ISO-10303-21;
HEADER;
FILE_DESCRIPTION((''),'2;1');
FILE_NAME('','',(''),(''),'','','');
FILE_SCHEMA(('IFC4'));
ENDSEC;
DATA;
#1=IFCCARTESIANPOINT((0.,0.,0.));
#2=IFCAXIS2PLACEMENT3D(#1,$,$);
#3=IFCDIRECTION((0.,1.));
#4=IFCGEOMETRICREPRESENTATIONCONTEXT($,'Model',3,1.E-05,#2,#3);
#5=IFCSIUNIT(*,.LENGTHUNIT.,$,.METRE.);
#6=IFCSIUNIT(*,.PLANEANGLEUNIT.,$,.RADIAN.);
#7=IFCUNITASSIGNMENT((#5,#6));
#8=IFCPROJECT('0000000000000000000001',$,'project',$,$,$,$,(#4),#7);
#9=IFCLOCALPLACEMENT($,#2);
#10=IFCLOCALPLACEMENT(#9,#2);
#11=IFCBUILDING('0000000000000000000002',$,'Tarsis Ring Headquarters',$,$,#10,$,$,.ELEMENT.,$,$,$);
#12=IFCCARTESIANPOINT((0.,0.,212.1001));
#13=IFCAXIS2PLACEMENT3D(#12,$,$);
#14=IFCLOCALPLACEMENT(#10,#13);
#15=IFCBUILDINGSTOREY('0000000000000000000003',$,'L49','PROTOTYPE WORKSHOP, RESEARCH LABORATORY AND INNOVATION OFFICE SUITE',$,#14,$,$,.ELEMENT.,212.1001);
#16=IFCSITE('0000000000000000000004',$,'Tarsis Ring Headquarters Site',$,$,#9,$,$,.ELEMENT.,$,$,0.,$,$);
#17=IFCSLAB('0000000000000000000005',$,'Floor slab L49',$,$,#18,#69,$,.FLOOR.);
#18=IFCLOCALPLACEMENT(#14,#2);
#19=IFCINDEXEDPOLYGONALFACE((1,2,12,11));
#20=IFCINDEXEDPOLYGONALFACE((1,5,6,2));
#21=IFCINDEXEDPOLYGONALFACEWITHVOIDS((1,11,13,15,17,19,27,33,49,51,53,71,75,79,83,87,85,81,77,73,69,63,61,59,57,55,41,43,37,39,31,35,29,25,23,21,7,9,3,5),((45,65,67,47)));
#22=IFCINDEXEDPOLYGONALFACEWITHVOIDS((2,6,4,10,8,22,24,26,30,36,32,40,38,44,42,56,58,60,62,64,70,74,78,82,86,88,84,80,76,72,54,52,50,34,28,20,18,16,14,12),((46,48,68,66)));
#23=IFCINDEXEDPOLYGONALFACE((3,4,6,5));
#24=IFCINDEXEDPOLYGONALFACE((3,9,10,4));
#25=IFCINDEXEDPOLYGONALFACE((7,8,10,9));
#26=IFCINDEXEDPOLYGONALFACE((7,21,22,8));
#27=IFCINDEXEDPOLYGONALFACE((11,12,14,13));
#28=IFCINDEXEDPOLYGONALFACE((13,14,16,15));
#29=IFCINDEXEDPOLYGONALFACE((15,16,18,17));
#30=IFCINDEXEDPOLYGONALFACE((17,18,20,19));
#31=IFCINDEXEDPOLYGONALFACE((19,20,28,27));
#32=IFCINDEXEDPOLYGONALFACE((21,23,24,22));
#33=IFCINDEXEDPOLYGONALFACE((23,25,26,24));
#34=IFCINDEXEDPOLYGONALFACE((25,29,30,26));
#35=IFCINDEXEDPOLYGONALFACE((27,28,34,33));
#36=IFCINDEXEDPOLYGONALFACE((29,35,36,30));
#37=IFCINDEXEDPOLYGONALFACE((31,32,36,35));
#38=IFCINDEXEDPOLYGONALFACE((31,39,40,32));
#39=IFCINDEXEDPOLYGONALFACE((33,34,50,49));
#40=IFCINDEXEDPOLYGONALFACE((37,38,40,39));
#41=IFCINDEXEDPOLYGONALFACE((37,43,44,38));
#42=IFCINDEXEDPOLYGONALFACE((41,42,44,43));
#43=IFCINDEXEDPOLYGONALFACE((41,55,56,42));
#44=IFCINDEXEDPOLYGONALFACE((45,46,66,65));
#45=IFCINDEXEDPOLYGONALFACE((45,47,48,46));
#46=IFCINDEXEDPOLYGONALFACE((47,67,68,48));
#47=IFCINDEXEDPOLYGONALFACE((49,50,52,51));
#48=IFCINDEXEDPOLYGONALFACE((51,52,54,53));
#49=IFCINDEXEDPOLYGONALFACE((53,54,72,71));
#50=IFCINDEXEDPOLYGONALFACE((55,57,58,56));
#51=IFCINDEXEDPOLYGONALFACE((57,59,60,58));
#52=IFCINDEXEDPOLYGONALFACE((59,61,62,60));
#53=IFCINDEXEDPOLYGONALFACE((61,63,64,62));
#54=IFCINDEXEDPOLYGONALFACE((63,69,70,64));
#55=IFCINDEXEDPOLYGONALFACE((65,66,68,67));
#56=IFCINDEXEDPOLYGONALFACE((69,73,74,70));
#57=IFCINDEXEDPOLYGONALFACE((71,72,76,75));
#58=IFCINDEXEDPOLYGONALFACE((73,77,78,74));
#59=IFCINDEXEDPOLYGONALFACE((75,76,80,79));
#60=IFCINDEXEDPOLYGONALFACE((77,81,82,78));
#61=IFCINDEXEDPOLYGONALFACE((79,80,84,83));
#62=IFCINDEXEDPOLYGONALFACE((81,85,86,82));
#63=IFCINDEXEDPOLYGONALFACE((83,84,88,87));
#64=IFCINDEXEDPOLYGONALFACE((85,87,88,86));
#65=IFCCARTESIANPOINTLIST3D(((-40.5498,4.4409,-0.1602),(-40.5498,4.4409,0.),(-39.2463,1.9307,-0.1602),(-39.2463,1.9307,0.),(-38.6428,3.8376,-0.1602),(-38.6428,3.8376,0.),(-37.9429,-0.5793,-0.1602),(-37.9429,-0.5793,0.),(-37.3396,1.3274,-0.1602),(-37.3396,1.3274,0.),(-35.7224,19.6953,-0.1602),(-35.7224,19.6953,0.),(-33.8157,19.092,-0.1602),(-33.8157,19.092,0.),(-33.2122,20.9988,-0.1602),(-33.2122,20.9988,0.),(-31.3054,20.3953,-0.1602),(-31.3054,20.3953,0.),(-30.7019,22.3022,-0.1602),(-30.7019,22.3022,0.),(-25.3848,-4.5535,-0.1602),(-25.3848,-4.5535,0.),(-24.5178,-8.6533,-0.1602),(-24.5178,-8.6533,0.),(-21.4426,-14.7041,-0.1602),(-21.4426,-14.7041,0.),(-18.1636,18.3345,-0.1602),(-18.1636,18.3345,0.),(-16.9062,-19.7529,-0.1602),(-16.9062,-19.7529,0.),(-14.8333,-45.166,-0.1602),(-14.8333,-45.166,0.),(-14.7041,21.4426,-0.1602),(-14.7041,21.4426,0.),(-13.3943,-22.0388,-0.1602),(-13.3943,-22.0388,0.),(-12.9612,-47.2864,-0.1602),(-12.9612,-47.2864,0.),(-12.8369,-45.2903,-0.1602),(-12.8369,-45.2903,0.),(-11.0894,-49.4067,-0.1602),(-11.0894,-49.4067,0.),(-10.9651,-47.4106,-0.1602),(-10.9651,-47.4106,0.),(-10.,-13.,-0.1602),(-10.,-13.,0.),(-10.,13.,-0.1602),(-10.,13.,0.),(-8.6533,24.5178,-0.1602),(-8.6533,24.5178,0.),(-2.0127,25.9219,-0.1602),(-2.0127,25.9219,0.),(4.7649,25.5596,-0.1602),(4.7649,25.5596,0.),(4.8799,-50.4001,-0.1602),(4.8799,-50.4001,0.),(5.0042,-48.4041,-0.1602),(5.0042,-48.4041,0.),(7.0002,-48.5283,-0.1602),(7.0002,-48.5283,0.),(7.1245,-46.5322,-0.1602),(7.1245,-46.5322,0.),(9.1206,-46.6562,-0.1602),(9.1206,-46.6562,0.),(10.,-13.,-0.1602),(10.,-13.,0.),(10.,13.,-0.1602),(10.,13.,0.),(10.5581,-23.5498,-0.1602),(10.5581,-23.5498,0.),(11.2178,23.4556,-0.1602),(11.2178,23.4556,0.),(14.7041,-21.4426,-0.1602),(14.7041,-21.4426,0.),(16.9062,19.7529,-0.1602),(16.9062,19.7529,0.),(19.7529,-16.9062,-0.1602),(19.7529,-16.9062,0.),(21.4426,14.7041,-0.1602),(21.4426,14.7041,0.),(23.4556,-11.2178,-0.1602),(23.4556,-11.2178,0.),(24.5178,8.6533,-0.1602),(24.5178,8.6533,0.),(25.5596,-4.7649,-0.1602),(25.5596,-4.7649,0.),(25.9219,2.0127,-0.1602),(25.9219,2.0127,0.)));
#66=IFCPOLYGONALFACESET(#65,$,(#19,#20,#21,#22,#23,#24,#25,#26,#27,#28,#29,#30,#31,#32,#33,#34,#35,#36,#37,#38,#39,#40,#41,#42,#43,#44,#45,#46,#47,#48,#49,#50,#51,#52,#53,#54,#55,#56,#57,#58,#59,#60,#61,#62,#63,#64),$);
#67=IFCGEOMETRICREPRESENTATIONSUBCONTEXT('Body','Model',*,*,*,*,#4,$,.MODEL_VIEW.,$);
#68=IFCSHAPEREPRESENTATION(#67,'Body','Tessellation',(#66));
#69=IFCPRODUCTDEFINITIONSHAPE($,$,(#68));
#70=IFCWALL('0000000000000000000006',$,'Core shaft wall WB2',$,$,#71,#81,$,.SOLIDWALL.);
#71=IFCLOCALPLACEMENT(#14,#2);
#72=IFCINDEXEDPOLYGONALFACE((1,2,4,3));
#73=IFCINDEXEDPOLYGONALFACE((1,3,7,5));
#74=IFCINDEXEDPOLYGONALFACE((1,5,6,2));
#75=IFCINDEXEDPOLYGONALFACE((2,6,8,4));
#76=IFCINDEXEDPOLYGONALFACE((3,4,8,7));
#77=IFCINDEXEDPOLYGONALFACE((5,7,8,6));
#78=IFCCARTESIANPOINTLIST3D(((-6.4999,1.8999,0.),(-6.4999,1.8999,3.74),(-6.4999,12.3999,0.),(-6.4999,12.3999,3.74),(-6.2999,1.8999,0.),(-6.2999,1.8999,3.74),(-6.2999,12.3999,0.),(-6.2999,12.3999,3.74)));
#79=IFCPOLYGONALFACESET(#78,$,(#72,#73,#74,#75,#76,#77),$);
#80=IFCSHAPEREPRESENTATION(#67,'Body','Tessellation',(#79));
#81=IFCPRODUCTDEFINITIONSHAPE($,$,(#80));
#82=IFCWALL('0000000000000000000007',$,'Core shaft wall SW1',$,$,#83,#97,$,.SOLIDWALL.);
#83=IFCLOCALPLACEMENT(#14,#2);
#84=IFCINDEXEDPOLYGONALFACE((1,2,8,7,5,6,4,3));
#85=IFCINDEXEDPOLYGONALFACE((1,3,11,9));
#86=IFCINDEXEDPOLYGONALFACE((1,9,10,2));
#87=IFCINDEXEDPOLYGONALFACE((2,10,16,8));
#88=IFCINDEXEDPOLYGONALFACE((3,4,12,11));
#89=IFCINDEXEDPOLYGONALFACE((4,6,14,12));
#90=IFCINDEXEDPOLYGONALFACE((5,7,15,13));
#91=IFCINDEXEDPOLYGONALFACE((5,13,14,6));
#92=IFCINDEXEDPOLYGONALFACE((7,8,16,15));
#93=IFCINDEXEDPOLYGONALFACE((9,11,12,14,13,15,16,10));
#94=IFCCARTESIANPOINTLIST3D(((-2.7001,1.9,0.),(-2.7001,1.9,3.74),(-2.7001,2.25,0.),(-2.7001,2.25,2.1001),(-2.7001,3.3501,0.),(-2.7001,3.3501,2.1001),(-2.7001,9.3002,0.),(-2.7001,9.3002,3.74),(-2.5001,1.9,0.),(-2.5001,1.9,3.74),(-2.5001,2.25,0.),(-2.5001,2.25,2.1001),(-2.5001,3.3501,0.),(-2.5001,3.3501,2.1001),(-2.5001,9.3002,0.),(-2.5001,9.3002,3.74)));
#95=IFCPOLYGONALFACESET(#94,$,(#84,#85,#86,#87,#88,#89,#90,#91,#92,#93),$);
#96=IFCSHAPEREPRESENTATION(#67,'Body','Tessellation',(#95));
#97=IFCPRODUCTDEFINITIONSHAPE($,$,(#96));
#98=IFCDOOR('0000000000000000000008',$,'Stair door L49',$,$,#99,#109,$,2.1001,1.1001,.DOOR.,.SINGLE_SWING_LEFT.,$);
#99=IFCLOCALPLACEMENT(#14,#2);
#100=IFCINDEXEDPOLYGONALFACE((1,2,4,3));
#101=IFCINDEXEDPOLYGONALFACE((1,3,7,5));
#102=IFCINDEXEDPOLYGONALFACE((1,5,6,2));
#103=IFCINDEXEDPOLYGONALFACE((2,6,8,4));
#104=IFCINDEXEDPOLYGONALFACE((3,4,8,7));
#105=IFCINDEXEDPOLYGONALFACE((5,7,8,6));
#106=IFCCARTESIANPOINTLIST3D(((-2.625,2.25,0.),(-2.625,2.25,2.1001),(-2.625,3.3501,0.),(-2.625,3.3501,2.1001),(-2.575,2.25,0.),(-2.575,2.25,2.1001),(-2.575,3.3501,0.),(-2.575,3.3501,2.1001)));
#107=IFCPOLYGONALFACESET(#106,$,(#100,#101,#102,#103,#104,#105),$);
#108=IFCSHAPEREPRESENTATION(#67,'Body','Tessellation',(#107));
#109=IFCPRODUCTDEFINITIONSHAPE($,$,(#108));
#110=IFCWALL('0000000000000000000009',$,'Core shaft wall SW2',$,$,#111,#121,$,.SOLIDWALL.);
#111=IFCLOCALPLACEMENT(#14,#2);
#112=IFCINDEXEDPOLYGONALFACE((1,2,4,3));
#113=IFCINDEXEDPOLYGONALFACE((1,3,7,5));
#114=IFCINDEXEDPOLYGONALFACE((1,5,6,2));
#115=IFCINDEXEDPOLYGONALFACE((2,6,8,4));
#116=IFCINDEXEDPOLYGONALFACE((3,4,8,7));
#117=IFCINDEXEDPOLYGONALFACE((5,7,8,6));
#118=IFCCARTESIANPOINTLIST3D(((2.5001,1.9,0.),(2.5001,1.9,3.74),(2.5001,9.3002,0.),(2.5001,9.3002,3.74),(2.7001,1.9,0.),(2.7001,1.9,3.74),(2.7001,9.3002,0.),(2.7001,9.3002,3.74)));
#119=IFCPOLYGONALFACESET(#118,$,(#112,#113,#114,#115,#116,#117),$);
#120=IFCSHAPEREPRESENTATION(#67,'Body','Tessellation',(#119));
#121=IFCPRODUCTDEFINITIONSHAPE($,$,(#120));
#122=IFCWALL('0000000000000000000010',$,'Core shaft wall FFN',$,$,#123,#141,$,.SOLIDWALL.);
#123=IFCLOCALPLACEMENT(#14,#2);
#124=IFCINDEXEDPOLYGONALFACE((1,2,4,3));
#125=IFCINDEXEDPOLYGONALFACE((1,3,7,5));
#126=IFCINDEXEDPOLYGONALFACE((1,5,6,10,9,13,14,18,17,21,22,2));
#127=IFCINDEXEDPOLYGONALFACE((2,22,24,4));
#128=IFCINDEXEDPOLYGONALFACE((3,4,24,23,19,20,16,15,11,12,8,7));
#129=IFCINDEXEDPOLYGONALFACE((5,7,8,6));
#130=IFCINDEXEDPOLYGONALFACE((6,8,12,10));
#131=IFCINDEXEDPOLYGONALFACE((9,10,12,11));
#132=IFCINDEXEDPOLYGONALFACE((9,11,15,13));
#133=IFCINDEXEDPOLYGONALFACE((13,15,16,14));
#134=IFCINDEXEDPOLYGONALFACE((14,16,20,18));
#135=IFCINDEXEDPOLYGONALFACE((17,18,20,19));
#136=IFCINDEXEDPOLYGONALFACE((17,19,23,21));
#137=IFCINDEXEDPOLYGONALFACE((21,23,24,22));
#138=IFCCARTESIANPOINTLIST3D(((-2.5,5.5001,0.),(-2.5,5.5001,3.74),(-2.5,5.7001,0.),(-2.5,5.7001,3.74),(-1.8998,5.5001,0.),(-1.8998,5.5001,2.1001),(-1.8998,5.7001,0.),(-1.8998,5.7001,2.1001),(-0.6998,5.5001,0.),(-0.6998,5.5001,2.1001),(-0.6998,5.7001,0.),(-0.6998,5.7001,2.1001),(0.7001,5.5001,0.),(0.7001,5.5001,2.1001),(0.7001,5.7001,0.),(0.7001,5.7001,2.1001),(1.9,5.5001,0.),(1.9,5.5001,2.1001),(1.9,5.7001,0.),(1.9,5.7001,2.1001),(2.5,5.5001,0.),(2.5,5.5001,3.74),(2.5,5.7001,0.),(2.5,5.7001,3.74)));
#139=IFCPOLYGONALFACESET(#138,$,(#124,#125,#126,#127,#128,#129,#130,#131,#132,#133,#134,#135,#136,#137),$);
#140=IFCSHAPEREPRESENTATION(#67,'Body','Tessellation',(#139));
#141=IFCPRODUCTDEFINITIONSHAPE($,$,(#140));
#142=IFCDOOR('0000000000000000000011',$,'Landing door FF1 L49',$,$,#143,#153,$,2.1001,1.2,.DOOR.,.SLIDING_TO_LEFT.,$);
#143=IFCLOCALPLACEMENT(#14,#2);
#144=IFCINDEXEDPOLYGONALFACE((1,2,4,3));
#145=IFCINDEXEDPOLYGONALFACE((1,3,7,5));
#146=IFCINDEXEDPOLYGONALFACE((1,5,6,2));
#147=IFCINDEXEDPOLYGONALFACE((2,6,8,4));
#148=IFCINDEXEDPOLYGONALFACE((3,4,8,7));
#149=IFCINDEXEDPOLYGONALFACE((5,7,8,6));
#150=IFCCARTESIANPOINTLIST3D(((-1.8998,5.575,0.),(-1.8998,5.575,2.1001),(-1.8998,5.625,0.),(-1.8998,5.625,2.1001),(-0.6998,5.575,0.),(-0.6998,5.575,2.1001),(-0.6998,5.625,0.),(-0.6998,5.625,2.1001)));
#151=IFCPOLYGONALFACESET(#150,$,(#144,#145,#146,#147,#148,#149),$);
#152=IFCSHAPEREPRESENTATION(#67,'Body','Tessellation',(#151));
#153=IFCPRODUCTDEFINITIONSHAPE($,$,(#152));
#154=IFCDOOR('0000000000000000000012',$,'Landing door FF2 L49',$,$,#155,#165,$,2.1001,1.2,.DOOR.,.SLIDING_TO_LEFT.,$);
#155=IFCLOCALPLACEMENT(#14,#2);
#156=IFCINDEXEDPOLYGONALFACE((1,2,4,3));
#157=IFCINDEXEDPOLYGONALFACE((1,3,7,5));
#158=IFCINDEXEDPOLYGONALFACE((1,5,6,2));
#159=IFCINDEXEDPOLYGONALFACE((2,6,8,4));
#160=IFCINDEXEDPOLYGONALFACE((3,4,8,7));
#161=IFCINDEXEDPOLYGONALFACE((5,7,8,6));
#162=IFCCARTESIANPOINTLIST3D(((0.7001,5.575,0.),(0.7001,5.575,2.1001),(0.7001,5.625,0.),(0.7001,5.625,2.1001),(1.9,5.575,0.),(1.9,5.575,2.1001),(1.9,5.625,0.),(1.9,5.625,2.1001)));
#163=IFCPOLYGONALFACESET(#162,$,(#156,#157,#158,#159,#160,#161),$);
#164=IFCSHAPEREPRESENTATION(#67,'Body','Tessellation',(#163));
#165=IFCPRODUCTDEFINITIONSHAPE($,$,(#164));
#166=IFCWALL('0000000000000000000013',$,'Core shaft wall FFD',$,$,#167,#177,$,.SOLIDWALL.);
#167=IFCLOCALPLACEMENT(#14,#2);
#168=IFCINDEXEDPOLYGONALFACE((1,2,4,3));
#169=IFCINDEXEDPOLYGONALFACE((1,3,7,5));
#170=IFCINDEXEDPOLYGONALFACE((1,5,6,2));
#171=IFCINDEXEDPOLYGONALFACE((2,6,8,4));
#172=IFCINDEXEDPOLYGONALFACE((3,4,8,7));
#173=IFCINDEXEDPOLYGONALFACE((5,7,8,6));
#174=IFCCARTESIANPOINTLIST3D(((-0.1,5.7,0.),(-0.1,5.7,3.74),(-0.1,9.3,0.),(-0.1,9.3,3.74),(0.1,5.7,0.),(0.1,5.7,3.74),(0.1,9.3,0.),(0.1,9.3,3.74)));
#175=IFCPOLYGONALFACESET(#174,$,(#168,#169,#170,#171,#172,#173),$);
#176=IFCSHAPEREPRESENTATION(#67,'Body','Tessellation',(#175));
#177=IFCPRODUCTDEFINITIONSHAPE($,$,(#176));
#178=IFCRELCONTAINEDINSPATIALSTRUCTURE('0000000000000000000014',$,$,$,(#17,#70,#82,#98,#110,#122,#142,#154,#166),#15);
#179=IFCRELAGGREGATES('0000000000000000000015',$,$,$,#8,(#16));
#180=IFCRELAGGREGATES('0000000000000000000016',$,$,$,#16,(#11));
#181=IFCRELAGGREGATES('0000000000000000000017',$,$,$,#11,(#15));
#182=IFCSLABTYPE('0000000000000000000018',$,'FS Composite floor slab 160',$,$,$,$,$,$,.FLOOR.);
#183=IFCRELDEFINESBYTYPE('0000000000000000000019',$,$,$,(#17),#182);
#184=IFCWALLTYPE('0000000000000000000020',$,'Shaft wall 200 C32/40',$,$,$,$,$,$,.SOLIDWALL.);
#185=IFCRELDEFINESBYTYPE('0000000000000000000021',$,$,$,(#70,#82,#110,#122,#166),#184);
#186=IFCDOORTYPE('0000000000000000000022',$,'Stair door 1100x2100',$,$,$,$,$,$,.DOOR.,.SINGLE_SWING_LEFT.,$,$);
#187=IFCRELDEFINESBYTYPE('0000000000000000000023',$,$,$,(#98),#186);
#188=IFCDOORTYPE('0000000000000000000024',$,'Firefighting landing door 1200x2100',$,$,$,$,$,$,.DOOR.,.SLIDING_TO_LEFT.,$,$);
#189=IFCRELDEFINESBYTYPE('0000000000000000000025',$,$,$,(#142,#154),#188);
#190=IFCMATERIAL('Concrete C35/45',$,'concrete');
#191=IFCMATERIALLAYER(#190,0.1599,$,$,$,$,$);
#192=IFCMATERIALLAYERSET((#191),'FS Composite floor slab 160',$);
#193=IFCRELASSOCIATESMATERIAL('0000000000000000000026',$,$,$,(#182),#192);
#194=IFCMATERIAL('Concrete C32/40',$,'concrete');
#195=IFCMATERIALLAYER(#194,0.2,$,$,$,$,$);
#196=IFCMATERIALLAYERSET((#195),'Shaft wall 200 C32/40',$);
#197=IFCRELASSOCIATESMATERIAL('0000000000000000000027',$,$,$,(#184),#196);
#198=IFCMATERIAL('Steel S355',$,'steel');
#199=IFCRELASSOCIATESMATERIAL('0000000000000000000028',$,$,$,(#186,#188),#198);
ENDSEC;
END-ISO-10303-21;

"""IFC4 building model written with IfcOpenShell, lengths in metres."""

from ifc_helpers import new_model, si_unit, direction, frame, frame_2d, origin, place, context, subcontext, project, spatial, polyline, rectangle, outline, extrude, material, layer, layer_set, type_object, element, fill, save


model = new_model("IFC4")

# Units and contexts
model_context = context("Model", 3, precision=1e-05, world=origin(), true_north=direction((0.0, 1.0)))
body_context = subcontext(model_context, "Body", "Model", "MODEL_VIEW")
ifc_project = project(units=[si_unit("LENGTHUNIT", "METRE"), si_unit("PLANEANGLEUNIT", "RADIAN")], contexts=[model_context])

# Site, building, storey
site_placement = place(None, origin())
site = spatial("IfcSite", under=ifc_project, at=site_placement, Name="Tarsis Ring Headquarters Site", CompositionType="ELEMENT", RefElevation=0.0)
building_placement = place(site_placement, origin())
building = spatial("IfcBuilding", under=site, at=building_placement, Name="Tarsis Ring Headquarters", CompositionType="ELEMENT")
storey_placement = place(building_placement, frame((0.0, 0.0, 212.1001)))
storey = spatial("IfcBuildingStorey", under=building, at=storey_placement, Name="L49", Description="PROTOTYPE WORKSHOP, RESEARCH LABORATORY AND INNOVATION OFFICE SUITE", CompositionType="ELEMENT", Elevation=212.1001)

# Slab
ifc_material_1 = material(Name="Concrete C35/45", Category="concrete")
ifc_layer_1 = layer(ifc_material_1, 0.1599)
ifc_layer_set_1 = layer_set([ifc_layer_1], Name="FS Composite floor slab 160")
slab_type_1 = type_object("IfcSlabType", Name="FS Composite floor slab 160", PredefinedType="FLOOR", material=ifc_layer_set_1)
slab_1_placement = place(storey_placement, frame((0.0, 0.0, -0.1602)))
element("IfcSlab", 1, at=slab_1_placement, inside=storey, type_object=slab_type_1, Name="Floor slab L49", PredefinedType="FLOOR", context=body_context, shape_type="SweptSolid", body=[
    extrude(outline(polyline([(-25.3848, -4.5535), (-24.5178, -8.6533), (-21.4426, -14.7041), (-16.9062, -19.7529), (-13.3943, -22.0388), (-14.8333, -45.166), (-12.8369, -45.2903), (-12.9612, -47.2864), (-10.9651, -47.4106), (-11.0894, -49.4067), (4.8799, -50.4001), (5.0042, -48.4041), (7.0002, -48.5283), (7.1245, -46.5322), (9.1206, -46.6562), (10.5581, -23.5498), (14.7041, -21.4426), (19.7529, -16.9062), (23.4556, -11.2178), (25.5596, -4.7649), (25.9219, 2.0127), (24.5178, 8.6533), (21.4426, 14.7041), (16.9062, 19.7529), (11.2178, 23.4556), (4.7649, 25.5596), (-2.0127, 25.9219), (-8.6533, 24.5178), (-14.7041, 21.4426), (-18.1636, 18.3345), (-30.7019, 22.3022), (-31.3054, 20.3953), (-33.2122, 20.9988), (-33.8157, 19.092), (-35.7224, 19.6953), (-40.5498, 4.4409), (-38.6428, 3.8376), (-39.2463, 1.9307), (-37.3396, 1.3274), (-37.9429, -0.5793), (-25.3848, -4.5535)]), holes=[polyline([(-10.0, -13.0), (-10.0, 13.0), (10.0, 13.0), (10.0, -13.0), (-10.0, -13.0)])]), origin(), (0.0, 0.0, 1.0), 0.1602),
])

# Wall
ifc_material_2 = material(Name="Concrete C32/40", Category="concrete")
ifc_layer_2 = layer(ifc_material_2, 0.2)
ifc_layer_set_2 = layer_set([ifc_layer_2], Name="Shaft wall 200 C32/40")
wall_type = type_object("IfcWallType", Name="Shaft wall 200 C32/40", PredefinedType="SOLIDWALL", material=ifc_layer_set_2)
wall_1_placement = place(storey_placement, frame((-6.3999, 1.8999, 0.0), z_axis=(0.0, 0.0, 1.0), x_axis=(0.0, 1.0, 0.0)))
element("IfcWall", 2, at=wall_1_placement, inside=storey, type_object=wall_type, Name="Core shaft wall WB2", PredefinedType="SOLIDWALL", context=body_context, shape_type="SweptSolid", body=[
    extrude(rectangle(XDim=10.5, YDim=0.2, at=frame_2d((5.25, 0.0))), origin(), (0.0, 0.0, 1.0), 3.74),
])

# Wall, opening, door
wall_2_placement = place(storey_placement, frame((-2.6001, 1.8999, 0.0), z_axis=(0.0, 0.0, 1.0), x_axis=(0.0, 1.0, 0.0)))
wall_2 = element("IfcWall", 3, at=wall_2_placement, inside=storey, type_object=wall_type, Name="Core shaft wall SW1", PredefinedType="SOLIDWALL", context=body_context, shape_type="SweptSolid", body=[
    extrude(rectangle(XDim=7.4001, YDim=0.2, at=frame_2d((3.7002, 0.0))), origin(), (0.0, 0.0, 1.0), 3.74),
])
opening_1_placement = place(wall_2_placement, frame((0.3501, 0.0, 0.0)))
opening_1 = element("IfcOpeningElement", 4, at=opening_1_placement, cuts=wall_2, PredefinedType="OPENING", context=body_context, shape_type="SweptSolid", body=[
    extrude(rectangle(XDim=1.1001, YDim=2.1001, at=frame_2d((0.55, 1.05))), frame((0.0, 0.1099, 0.0), z_axis=(0.0, -1.0, 0.0), x_axis=(1.0, 0.0, 0.0)), (0.0, 0.0, 1.0), 0.22),
])
ifc_material_3 = material(Name="Steel S355", Category="steel")
door_type_1 = type_object("IfcDoorType", Name="Stair door 1100x2100", OperationType="SINGLE_SWING_LEFT", PredefinedType="DOOR", material=ifc_material_3)
door_1_placement = place(opening_1_placement, origin())
door_1 = element("IfcDoor", 5, at=door_1_placement, inside=storey, type_object=door_type_1, Name="Stair door L49", OperationType="SINGLE_SWING_LEFT", OverallHeight=2.1001, OverallWidth=1.1001, PredefinedType="DOOR", context=body_context, shape_type="SweptSolid", body=[
    extrude(rectangle(XDim=1.1001, YDim=2.1001, at=frame_2d((0.55, 1.05))), frame((0.0, 0.0249, 0.0), z_axis=(0.0, -1.0, 0.0), x_axis=(1.0, 0.0, 0.0)), (0.0, 0.0, 1.0), 0.05),
])
fill(opening_1, door_1)

# Wall
wall_3_placement = place(storey_placement, frame((2.6001, 1.8999, 0.0), z_axis=(0.0, 0.0, 1.0), x_axis=(0.0, 1.0, 0.0)))
element("IfcWall", 6, at=wall_3_placement, inside=storey, type_object=wall_type, Name="Core shaft wall SW2", PredefinedType="SOLIDWALL", context=body_context, shape_type="SweptSolid", body=[
    extrude(rectangle(XDim=7.4001, YDim=0.2, at=frame_2d((3.7002, 0.0))), origin(), (0.0, 0.0, 1.0), 3.74),
])

# Wall, openings, doors
wall_4_placement = place(storey_placement, frame((-2.5, 5.6001, 0.0), z_axis=(0.0, 0.0, 1.0), x_axis=(1.0, 0.0, 0.0)))
wall_4 = element("IfcWall", 7, at=wall_4_placement, inside=storey, type_object=wall_type, Name="Core shaft wall FFN", PredefinedType="SOLIDWALL", context=body_context, shape_type="SweptSolid", body=[
    extrude(rectangle(XDim=5.0, YDim=0.2, at=frame_2d((2.5, 0.0))), origin(), (0.0, 0.0, 1.0), 3.74),
])
opening_2_placement = place(wall_4_placement, frame((0.6001, 0.0, 0.0)))
opening_2 = element("IfcOpeningElement", 8, at=opening_2_placement, cuts=wall_4, PredefinedType="OPENING", context=body_context, shape_type="SweptSolid", body=[
    extrude(rectangle(XDim=1.2, YDim=2.1001, at=frame_2d((0.6001, 1.05))), frame((0.0, 0.1099, 0.0), z_axis=(0.0, -1.0, 0.0), x_axis=(1.0, 0.0, 0.0)), (0.0, 0.0, 1.0), 0.22),
])
opening_3_placement = place(wall_4_placement, frame((3.2, 0.0, 0.0)))
opening_3 = element("IfcOpeningElement", 9, at=opening_3_placement, cuts=wall_4, PredefinedType="OPENING", context=body_context, shape_type="SweptSolid", body=[
    extrude(rectangle(XDim=1.2, YDim=2.1001, at=frame_2d((0.6001, 1.05))), frame((0.0, 0.1099, 0.0), z_axis=(0.0, -1.0, 0.0), x_axis=(1.0, 0.0, 0.0)), (0.0, 0.0, 1.0), 0.22),
])
door_type_2 = type_object("IfcDoorType", Name="Firefighting landing door 1200x2100", OperationType="SLIDING_TO_LEFT", PredefinedType="DOOR", material=ifc_material_3)
door_2_placement = place(opening_2_placement, origin())
door_2 = element("IfcDoor", 10, at=door_2_placement, inside=storey, type_object=door_type_2, Name="Landing door FF1 L49", OperationType="SLIDING_TO_LEFT", OverallHeight=2.1001, OverallWidth=1.2, PredefinedType="DOOR", context=body_context, shape_type="SweptSolid", body=[
    extrude(rectangle(XDim=1.2, YDim=2.1001, at=frame_2d((0.6001, 1.05))), frame((0.0, 0.0249, 0.0), z_axis=(0.0, -1.0, 0.0), x_axis=(1.0, 0.0, 0.0)), (0.0, 0.0, 1.0), 0.05),
])
fill(opening_2, door_2)
door_3_placement = place(opening_3_placement, origin())
door_3 = element("IfcDoor", 11, at=door_3_placement, inside=storey, type_object=door_type_2, Name="Landing door FF2 L49", OperationType="SLIDING_TO_LEFT", OverallHeight=2.1001, OverallWidth=1.2, PredefinedType="DOOR", context=body_context, shape_type="SweptSolid", body=[
    extrude(rectangle(XDim=1.2, YDim=2.1001, at=frame_2d((0.6001, 1.05))), frame((0.0, 0.0249, 0.0), z_axis=(0.0, -1.0, 0.0), x_axis=(1.0, 0.0, 0.0)), (0.0, 0.0, 1.0), 0.05),
])
fill(opening_3, door_3)

# Wall
wall_5_placement = place(storey_placement, frame((0.0, 5.7, 0.0), z_axis=(0.0, 0.0, 1.0), x_axis=(0.0, 1.0, 0.0)))
element("IfcWall", 12, at=wall_5_placement, inside=storey, type_object=wall_type, Name="Core shaft wall FFD", PredefinedType="SOLIDWALL", context=body_context, shape_type="SweptSolid", body=[
    extrude(rectangle(XDim=3.6001, YDim=0.2, at=frame_2d((1.8, 0.0))), origin(), (0.0, 0.0, 1.0), 3.74),
])

save(model, "model.ifc")
